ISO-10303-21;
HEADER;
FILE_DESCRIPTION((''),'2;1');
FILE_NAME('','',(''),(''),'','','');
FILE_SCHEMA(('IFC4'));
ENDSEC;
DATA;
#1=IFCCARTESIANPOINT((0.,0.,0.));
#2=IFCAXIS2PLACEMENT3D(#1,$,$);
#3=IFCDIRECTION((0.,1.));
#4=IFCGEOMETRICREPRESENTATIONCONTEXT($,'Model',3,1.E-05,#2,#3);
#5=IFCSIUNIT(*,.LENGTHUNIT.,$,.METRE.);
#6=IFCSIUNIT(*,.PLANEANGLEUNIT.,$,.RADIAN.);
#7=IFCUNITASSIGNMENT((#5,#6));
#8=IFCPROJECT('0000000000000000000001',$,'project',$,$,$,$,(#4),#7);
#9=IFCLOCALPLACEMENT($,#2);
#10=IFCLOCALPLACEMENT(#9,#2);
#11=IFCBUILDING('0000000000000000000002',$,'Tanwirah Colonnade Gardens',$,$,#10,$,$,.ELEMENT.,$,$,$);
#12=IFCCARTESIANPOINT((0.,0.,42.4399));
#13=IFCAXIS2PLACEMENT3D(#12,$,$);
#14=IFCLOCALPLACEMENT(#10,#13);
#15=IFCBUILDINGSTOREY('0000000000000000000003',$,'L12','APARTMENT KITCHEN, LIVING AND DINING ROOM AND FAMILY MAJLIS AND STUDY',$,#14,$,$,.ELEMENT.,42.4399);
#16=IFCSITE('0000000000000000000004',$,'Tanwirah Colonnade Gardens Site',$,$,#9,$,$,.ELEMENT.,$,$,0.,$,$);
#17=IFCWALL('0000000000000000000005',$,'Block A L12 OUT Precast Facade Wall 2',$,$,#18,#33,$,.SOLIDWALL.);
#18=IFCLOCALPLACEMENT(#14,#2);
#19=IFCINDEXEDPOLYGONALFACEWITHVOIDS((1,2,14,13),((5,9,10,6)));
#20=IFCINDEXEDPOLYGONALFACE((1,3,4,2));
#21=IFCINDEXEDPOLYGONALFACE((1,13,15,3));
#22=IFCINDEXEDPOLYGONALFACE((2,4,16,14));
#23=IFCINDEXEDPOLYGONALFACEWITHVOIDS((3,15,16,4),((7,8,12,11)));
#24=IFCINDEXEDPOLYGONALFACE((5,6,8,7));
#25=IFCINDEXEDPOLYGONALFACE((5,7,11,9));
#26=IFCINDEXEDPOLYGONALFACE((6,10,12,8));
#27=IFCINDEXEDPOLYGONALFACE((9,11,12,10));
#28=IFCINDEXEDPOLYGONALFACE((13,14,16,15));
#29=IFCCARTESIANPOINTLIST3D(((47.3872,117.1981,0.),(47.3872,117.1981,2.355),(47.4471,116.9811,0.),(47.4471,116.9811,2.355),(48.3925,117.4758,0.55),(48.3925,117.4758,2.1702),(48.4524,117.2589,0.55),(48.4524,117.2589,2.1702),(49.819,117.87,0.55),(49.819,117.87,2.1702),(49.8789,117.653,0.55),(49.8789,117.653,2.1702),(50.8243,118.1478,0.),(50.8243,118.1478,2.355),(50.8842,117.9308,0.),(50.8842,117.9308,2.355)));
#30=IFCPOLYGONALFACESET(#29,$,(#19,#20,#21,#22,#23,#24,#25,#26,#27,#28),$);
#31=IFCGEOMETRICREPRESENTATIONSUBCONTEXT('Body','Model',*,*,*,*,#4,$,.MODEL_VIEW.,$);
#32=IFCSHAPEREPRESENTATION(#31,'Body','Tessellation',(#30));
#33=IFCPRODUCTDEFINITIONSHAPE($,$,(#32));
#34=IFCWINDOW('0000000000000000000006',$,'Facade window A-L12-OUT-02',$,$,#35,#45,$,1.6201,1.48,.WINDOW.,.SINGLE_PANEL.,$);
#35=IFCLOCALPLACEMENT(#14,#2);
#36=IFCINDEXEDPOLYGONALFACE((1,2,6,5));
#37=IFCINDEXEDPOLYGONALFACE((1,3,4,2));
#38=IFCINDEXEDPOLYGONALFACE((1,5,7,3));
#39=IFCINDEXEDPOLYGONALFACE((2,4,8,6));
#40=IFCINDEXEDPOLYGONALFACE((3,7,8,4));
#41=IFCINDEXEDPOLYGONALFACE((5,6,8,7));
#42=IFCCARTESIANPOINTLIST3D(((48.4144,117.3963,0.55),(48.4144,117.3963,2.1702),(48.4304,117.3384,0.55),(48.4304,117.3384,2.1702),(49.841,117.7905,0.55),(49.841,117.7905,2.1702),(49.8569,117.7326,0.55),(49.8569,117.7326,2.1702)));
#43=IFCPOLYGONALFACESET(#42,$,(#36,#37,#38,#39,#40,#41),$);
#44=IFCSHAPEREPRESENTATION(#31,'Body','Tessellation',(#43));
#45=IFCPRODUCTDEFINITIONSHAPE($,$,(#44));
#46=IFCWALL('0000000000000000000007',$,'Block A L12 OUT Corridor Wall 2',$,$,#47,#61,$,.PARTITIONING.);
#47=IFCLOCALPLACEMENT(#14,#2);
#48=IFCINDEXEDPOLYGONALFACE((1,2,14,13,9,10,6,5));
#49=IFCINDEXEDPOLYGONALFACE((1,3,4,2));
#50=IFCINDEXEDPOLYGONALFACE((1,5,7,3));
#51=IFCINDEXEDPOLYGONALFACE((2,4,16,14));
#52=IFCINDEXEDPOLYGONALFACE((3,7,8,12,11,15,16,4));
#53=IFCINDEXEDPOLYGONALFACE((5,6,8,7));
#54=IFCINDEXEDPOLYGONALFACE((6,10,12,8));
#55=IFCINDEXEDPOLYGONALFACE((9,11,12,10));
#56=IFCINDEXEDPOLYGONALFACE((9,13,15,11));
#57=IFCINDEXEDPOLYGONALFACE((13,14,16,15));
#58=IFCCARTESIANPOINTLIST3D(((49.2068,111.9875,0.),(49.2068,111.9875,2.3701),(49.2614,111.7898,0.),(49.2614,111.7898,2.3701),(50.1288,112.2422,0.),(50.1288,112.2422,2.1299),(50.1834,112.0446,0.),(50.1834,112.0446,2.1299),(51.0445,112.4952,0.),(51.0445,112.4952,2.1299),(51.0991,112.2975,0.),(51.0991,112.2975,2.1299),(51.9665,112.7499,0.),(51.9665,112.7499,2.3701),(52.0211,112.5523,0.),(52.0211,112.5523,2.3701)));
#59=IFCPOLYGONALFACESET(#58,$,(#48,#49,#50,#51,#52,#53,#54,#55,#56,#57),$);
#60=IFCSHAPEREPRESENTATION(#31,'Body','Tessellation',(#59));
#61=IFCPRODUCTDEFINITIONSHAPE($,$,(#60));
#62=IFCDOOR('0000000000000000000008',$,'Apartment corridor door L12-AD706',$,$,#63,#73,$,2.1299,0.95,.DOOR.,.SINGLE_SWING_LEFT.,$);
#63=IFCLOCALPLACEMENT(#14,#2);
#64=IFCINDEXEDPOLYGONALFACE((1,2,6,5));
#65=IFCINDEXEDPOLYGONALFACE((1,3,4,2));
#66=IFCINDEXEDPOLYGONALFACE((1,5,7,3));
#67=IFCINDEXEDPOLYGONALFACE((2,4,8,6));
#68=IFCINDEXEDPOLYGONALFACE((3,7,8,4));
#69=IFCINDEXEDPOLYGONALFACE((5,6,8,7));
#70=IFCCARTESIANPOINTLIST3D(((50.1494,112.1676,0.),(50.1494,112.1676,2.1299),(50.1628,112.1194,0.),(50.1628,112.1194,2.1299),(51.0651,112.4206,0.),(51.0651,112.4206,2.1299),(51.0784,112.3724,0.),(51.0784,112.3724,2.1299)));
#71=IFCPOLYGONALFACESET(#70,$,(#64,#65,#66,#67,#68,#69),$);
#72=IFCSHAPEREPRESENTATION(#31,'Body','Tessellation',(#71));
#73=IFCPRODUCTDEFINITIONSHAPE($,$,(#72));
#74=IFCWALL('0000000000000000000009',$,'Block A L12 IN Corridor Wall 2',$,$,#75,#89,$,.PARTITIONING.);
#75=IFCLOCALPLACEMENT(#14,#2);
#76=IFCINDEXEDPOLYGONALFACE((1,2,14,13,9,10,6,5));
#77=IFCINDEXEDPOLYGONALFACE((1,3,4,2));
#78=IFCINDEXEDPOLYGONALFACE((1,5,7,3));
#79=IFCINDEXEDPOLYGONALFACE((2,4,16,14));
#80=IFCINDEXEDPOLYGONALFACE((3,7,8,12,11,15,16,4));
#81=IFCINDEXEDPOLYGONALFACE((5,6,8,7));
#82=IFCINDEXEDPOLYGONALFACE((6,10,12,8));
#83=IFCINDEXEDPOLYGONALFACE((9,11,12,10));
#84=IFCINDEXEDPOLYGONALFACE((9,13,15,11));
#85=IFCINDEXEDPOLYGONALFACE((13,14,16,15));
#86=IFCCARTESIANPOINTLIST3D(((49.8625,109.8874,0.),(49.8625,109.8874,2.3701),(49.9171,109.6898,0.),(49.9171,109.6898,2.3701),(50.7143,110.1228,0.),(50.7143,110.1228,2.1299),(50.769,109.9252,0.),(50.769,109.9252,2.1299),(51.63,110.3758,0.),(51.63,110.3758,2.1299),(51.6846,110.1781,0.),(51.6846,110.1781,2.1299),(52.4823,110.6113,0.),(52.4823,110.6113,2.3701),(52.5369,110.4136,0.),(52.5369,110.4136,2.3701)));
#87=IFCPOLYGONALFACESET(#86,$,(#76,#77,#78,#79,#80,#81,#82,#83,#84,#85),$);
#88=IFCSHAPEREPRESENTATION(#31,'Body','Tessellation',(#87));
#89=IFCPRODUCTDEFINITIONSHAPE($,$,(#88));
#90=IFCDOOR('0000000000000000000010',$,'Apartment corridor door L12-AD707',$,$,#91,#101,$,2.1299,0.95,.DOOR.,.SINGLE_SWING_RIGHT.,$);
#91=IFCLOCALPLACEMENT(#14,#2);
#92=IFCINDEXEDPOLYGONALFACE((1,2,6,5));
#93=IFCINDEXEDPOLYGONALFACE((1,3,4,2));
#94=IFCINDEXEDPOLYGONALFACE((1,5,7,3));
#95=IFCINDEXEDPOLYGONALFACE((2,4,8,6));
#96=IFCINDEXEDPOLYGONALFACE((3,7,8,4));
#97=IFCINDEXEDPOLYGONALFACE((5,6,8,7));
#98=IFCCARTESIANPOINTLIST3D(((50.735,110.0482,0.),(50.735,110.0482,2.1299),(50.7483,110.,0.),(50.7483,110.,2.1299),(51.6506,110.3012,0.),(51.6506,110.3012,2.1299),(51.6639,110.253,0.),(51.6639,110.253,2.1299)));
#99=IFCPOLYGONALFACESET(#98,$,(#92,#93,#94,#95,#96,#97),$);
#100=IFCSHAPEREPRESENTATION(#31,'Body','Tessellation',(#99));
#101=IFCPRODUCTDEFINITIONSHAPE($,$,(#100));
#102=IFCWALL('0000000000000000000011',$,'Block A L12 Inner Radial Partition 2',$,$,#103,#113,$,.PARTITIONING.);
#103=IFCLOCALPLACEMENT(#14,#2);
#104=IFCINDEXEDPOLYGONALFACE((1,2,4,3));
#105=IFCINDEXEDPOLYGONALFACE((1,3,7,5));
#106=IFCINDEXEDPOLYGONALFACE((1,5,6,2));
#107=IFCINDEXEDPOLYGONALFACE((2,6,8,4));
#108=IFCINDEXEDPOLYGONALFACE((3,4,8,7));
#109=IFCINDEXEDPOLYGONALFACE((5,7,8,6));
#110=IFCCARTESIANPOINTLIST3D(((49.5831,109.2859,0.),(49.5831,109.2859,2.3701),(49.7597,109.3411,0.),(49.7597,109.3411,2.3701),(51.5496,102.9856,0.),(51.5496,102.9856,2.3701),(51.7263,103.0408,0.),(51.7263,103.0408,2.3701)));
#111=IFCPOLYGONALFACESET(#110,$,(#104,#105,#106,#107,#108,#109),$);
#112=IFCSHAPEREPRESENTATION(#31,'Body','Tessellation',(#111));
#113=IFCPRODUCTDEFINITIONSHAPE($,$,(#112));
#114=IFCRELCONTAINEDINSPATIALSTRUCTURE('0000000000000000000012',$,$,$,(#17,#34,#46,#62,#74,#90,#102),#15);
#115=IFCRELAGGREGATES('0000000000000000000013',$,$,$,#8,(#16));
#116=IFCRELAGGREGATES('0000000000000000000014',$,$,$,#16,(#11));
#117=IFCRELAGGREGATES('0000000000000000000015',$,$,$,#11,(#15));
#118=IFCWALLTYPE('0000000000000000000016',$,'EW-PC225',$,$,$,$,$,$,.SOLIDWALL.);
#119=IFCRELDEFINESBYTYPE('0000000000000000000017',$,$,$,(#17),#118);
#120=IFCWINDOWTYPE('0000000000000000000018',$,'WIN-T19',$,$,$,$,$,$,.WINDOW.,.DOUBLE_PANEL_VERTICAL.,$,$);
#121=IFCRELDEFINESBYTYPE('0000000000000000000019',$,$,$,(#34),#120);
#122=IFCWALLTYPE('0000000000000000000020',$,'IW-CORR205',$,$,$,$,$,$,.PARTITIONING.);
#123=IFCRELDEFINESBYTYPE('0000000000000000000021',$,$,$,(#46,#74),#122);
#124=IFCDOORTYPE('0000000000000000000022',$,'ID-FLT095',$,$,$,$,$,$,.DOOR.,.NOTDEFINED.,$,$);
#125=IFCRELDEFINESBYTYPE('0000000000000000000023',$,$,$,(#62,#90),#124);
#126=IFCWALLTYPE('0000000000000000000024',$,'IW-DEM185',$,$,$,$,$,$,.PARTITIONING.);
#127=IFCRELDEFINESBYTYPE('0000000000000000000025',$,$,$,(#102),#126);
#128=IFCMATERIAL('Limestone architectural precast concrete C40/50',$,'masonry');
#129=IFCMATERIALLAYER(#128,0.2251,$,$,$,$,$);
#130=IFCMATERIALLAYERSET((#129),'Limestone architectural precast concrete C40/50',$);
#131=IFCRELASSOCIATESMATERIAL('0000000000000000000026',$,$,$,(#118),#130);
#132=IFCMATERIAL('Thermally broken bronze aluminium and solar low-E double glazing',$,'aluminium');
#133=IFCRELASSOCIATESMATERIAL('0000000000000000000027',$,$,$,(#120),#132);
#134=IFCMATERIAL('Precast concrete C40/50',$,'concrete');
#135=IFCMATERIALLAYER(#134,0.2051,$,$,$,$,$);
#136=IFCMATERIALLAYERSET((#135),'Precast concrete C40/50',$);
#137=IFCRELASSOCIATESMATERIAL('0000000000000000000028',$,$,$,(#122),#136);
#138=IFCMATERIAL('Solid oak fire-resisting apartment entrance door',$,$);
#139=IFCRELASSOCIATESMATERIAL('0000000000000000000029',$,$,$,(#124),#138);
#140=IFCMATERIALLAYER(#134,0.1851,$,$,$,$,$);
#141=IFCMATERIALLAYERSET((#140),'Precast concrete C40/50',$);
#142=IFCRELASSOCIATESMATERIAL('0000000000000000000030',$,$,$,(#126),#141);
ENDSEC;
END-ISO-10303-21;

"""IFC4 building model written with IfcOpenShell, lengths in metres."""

from ifc_helpers import new_model, si_unit, direction, frame, frame_2d, origin, place, context, subcontext, project, spatial, rectangle, extrude, material, layer, layer_set, type_object, element, fill, save


model = new_model("IFC4")

# Units and contexts
model_context = context("Model", 3, precision=1e-05, world=origin(), true_north=direction((0.0, 1.0)))
body_context = subcontext(model_context, "Body", "Model", "MODEL_VIEW")
ifc_project = project(units=[si_unit("LENGTHUNIT", "METRE"), si_unit("PLANEANGLEUNIT", "RADIAN")], contexts=[model_context])

# Site, building, storey
site_placement = place(None, origin())
site = spatial("IfcSite", under=ifc_project, at=site_placement, Name="Tanwirah Colonnade Gardens Site", CompositionType="ELEMENT", RefElevation=0.0)
building_placement = place(site_placement, origin())
building = spatial("IfcBuilding", under=site, at=building_placement, Name="Tanwirah Colonnade Gardens", CompositionType="ELEMENT")
storey_placement = place(building_placement, frame((0.0, 0.0, 42.4399)))
storey = spatial("IfcBuildingStorey", under=building, at=storey_placement, Name="L12", Description="APARTMENT KITCHEN, LIVING AND DINING ROOM AND FAMILY MAJLIS AND STUDY", CompositionType="ELEMENT", Elevation=42.4399)

# Shared definitions
ifc_material_1 = material(Name="Precast concrete C40/50", Category="concrete")

# Wall, opening, window
ifc_material_2 = material(Name="Limestone architectural precast concrete C40/50", Category="masonry")
ifc_layer_1 = layer(ifc_material_2, 0.2251)
ifc_layer_set_1 = layer_set([ifc_layer_1], Name="Limestone architectural precast concrete C40/50")
wall_type_1 = type_object("IfcWallType", Name="EW-PC225", PredefinedType="SOLIDWALL", material=ifc_layer_set_1)
wall_1_placement = place(storey_placement, frame((50.8542, 118.0393, 0.0), z_axis=(0.0, 0.0, 1.0), x_axis=(-0.96388, -0.266337, 0.0)))
wall_1 = element("IfcWall", 1, at=wall_1_placement, inside=storey, type_object=wall_type_1, Name="Block A L12 OUT Precast Facade Wall 2", PredefinedType="SOLIDWALL", context=body_context, shape_type="SweptSolid", body=[
    extrude(rectangle(XDim=3.5659, YDim=0.2251, at=frame_2d((1.783, 0.0))), origin(), (0.0, 0.0, 1.0), 2.355),
])
opening_1_placement = place(wall_1_placement, frame((1.043, 0.0, 0.55)))
opening_1 = element("IfcOpeningElement", 2, at=opening_1_placement, cuts=wall_1, PredefinedType="OPENING", context=body_context, shape_type="SweptSolid", body=[
    extrude(rectangle(XDim=1.48, YDim=1.6201, at=frame_2d((0.74, 0.8101))), frame((0.0, 0.1226, 0.0), z_axis=(0.0, -1.0, 0.0), x_axis=(1.0, 0.0, 0.0)), (0.0, 0.0, 1.0), 0.2451),
])
ifc_material_3 = material(Name="Thermally broken bronze aluminium and solar low-E double glazing", Category="aluminium")
window_type = type_object("IfcWindowType", Name="WIN-T19", PartitioningType="DOUBLE_PANEL_VERTICAL", PredefinedType="WINDOW", material=ifc_material_3)
window_placement = place(opening_1_placement, origin())
window = element("IfcWindow", 3, at=window_placement, inside=storey, type_object=window_type, Name="Facade window A-L12-OUT-02", OverallHeight=1.6201, OverallWidth=1.48, PartitioningType="SINGLE_PANEL", PredefinedType="WINDOW", context=body_context, shape_type="SweptSolid", body=[
    extrude(rectangle(XDim=1.48, YDim=1.6201, at=frame_2d((0.74, 0.8101))), frame((0.0, 0.03, 0.0), z_axis=(0.0, -1.0, 0.0), x_axis=(1.0, 0.0, 0.0)), (0.0, 0.0, 1.0), 0.0601),
])
fill(opening_1, window)

# Walls, openings, doors
ifc_layer_2 = layer(ifc_material_1, 0.2051)
ifc_layer_set_2 = layer_set([ifc_layer_2], Name="Precast concrete C40/50")
wall_type_2 = type_object("IfcWallType", Name="IW-CORR205", PredefinedType="PARTITIONING", material=ifc_layer_set_2)
wall_2_placement = place(storey_placement, frame((51.9939, 112.6511, 0.0), z_axis=(0.0, 0.0, 1.0), x_axis=(-0.963891, -0.266298, 0.0)))
wall_2 = element("IfcWall", 4, at=wall_2_placement, inside=storey, type_object=wall_type_2, Name="Block A L12 OUT Corridor Wall 2", PredefinedType="PARTITIONING", context=body_context, shape_type="SweptSolid", body=[
    extrude(rectangle(XDim=2.863, YDim=0.2051, at=frame_2d((1.4316, 0.0))), origin(), (0.0, 0.0, 1.0), 2.3701),
])
opening_2_placement = place(wall_2_placement, frame((0.9565, 0.0, 0.0)))
opening_2 = element("IfcOpeningElement", 5, at=opening_2_placement, cuts=wall_2, PredefinedType="OPENING", context=body_context, shape_type="SweptSolid", body=[
    extrude(rectangle(XDim=0.95, YDim=2.1299, at=frame_2d((0.4751, 1.0649))), frame((0.0, 0.1125, 0.0), z_axis=(0.0, -1.0, 0.0), x_axis=(1.0, 0.0, 0.0)), (0.0, 0.0, 1.0), 0.2251),
])
ifc_material_4 = material(Name="Solid oak fire-resisting apartment entrance door")
door_type_1 = type_object("IfcDoorType", Name="ID-FLT095", OperationType="NOTDEFINED", PredefinedType="DOOR", material=ifc_material_4)
door_1_placement = place(opening_2_placement, origin())
door_1 = element("IfcDoor", 6, at=door_1_placement, inside=storey, type_object=door_type_1, Name="Apartment corridor door L12-AD706", OperationType="SINGLE_SWING_LEFT", OverallHeight=2.1299, OverallWidth=0.95, PredefinedType="DOOR", context=body_context, shape_type="SweptSolid", body=[
    extrude(rectangle(XDim=0.95, YDim=2.1299, at=frame_2d((0.4751, 1.0649))), frame((0.0, 0.0249, 0.0), z_axis=(0.0, -1.0, 0.0), x_axis=(1.0, 0.0, 0.0)), (0.0, 0.0, 1.0), 0.05),
])
fill(opening_2, door_1)
wall_3_placement = place(storey_placement, frame((52.5095, 110.5125, 0.0), z_axis=(0.0, 0.0, 1.0), x_axis=(-0.963884, -0.266323, 0.0)))
wall_3 = element("IfcWall", 7, at=wall_3_placement, inside=storey, type_object=wall_type_2, Name="Block A L12 IN Corridor Wall 2", PredefinedType="PARTITIONING", context=body_context, shape_type="SweptSolid", body=[
    extrude(rectangle(XDim=2.718, YDim=0.2051, at=frame_2d((1.3589, 0.0))), origin(), (0.0, 0.0, 1.0), 2.3701),
])
opening_3_placement = place(wall_3_placement, frame((0.884, 0.0, 0.0)))
opening_3 = element("IfcOpeningElement", 8, at=opening_3_placement, cuts=wall_3, PredefinedType="OPENING", context=body_context, shape_type="SweptSolid", body=[
    extrude(rectangle(XDim=0.95, YDim=2.1299, at=frame_2d((0.4751, 1.0649))), frame((0.0, 0.1125, 0.0), z_axis=(0.0, -1.0, 0.0), x_axis=(1.0, 0.0, 0.0)), (0.0, 0.0, 1.0), 0.2251),
])
door_2_placement = place(opening_3_placement, origin())
door_2 = element("IfcDoor", 9, at=door_2_placement, inside=storey, type_object=door_type_1, Name="Apartment corridor door L12-AD707", OperationType="SINGLE_SWING_RIGHT", OverallHeight=2.1299, OverallWidth=0.95, PredefinedType="DOOR", context=body_context, shape_type="SweptSolid", body=[
    extrude(rectangle(XDim=0.95, YDim=2.1299, at=frame_2d((0.4751, 1.0649))), frame((0.0, 0.0249, 0.0), z_axis=(0.0, -1.0, 0.0), x_axis=(1.0, 0.0, 0.0)), (0.0, 0.0, 1.0), 0.05),
])
fill(opening_3, door_2)

# Wall
ifc_layer_3 = layer(ifc_material_1, 0.1851)
ifc_layer_set_3 = layer_set([ifc_layer_3], Name="Precast concrete C40/50")
wall_type_3 = type_object("IfcWallType", Name="IW-DEM185", PredefinedType="PARTITIONING", material=ifc_layer_set_3)
wall_4_placement = place(storey_placement, frame((51.6379, 103.0132, 0.0), z_axis=(0.0, 0.0, 1.0), x_axis=(-0.297959, 0.954579, 0.0)))
element("IfcWall", 10, at=wall_4_placement, inside=storey, type_object=wall_type_3, Name="Block A L12 Inner Radial Partition 2", PredefinedType="PARTITIONING", context=body_context, shape_type="SweptSolid", body=[
    extrude(rectangle(XDim=6.6001, YDim=0.1851, at=frame_2d((3.3, 0.0))), origin(), (0.0, 0.0, 1.0), 2.3701),
])

save(model, "model.ifc")
